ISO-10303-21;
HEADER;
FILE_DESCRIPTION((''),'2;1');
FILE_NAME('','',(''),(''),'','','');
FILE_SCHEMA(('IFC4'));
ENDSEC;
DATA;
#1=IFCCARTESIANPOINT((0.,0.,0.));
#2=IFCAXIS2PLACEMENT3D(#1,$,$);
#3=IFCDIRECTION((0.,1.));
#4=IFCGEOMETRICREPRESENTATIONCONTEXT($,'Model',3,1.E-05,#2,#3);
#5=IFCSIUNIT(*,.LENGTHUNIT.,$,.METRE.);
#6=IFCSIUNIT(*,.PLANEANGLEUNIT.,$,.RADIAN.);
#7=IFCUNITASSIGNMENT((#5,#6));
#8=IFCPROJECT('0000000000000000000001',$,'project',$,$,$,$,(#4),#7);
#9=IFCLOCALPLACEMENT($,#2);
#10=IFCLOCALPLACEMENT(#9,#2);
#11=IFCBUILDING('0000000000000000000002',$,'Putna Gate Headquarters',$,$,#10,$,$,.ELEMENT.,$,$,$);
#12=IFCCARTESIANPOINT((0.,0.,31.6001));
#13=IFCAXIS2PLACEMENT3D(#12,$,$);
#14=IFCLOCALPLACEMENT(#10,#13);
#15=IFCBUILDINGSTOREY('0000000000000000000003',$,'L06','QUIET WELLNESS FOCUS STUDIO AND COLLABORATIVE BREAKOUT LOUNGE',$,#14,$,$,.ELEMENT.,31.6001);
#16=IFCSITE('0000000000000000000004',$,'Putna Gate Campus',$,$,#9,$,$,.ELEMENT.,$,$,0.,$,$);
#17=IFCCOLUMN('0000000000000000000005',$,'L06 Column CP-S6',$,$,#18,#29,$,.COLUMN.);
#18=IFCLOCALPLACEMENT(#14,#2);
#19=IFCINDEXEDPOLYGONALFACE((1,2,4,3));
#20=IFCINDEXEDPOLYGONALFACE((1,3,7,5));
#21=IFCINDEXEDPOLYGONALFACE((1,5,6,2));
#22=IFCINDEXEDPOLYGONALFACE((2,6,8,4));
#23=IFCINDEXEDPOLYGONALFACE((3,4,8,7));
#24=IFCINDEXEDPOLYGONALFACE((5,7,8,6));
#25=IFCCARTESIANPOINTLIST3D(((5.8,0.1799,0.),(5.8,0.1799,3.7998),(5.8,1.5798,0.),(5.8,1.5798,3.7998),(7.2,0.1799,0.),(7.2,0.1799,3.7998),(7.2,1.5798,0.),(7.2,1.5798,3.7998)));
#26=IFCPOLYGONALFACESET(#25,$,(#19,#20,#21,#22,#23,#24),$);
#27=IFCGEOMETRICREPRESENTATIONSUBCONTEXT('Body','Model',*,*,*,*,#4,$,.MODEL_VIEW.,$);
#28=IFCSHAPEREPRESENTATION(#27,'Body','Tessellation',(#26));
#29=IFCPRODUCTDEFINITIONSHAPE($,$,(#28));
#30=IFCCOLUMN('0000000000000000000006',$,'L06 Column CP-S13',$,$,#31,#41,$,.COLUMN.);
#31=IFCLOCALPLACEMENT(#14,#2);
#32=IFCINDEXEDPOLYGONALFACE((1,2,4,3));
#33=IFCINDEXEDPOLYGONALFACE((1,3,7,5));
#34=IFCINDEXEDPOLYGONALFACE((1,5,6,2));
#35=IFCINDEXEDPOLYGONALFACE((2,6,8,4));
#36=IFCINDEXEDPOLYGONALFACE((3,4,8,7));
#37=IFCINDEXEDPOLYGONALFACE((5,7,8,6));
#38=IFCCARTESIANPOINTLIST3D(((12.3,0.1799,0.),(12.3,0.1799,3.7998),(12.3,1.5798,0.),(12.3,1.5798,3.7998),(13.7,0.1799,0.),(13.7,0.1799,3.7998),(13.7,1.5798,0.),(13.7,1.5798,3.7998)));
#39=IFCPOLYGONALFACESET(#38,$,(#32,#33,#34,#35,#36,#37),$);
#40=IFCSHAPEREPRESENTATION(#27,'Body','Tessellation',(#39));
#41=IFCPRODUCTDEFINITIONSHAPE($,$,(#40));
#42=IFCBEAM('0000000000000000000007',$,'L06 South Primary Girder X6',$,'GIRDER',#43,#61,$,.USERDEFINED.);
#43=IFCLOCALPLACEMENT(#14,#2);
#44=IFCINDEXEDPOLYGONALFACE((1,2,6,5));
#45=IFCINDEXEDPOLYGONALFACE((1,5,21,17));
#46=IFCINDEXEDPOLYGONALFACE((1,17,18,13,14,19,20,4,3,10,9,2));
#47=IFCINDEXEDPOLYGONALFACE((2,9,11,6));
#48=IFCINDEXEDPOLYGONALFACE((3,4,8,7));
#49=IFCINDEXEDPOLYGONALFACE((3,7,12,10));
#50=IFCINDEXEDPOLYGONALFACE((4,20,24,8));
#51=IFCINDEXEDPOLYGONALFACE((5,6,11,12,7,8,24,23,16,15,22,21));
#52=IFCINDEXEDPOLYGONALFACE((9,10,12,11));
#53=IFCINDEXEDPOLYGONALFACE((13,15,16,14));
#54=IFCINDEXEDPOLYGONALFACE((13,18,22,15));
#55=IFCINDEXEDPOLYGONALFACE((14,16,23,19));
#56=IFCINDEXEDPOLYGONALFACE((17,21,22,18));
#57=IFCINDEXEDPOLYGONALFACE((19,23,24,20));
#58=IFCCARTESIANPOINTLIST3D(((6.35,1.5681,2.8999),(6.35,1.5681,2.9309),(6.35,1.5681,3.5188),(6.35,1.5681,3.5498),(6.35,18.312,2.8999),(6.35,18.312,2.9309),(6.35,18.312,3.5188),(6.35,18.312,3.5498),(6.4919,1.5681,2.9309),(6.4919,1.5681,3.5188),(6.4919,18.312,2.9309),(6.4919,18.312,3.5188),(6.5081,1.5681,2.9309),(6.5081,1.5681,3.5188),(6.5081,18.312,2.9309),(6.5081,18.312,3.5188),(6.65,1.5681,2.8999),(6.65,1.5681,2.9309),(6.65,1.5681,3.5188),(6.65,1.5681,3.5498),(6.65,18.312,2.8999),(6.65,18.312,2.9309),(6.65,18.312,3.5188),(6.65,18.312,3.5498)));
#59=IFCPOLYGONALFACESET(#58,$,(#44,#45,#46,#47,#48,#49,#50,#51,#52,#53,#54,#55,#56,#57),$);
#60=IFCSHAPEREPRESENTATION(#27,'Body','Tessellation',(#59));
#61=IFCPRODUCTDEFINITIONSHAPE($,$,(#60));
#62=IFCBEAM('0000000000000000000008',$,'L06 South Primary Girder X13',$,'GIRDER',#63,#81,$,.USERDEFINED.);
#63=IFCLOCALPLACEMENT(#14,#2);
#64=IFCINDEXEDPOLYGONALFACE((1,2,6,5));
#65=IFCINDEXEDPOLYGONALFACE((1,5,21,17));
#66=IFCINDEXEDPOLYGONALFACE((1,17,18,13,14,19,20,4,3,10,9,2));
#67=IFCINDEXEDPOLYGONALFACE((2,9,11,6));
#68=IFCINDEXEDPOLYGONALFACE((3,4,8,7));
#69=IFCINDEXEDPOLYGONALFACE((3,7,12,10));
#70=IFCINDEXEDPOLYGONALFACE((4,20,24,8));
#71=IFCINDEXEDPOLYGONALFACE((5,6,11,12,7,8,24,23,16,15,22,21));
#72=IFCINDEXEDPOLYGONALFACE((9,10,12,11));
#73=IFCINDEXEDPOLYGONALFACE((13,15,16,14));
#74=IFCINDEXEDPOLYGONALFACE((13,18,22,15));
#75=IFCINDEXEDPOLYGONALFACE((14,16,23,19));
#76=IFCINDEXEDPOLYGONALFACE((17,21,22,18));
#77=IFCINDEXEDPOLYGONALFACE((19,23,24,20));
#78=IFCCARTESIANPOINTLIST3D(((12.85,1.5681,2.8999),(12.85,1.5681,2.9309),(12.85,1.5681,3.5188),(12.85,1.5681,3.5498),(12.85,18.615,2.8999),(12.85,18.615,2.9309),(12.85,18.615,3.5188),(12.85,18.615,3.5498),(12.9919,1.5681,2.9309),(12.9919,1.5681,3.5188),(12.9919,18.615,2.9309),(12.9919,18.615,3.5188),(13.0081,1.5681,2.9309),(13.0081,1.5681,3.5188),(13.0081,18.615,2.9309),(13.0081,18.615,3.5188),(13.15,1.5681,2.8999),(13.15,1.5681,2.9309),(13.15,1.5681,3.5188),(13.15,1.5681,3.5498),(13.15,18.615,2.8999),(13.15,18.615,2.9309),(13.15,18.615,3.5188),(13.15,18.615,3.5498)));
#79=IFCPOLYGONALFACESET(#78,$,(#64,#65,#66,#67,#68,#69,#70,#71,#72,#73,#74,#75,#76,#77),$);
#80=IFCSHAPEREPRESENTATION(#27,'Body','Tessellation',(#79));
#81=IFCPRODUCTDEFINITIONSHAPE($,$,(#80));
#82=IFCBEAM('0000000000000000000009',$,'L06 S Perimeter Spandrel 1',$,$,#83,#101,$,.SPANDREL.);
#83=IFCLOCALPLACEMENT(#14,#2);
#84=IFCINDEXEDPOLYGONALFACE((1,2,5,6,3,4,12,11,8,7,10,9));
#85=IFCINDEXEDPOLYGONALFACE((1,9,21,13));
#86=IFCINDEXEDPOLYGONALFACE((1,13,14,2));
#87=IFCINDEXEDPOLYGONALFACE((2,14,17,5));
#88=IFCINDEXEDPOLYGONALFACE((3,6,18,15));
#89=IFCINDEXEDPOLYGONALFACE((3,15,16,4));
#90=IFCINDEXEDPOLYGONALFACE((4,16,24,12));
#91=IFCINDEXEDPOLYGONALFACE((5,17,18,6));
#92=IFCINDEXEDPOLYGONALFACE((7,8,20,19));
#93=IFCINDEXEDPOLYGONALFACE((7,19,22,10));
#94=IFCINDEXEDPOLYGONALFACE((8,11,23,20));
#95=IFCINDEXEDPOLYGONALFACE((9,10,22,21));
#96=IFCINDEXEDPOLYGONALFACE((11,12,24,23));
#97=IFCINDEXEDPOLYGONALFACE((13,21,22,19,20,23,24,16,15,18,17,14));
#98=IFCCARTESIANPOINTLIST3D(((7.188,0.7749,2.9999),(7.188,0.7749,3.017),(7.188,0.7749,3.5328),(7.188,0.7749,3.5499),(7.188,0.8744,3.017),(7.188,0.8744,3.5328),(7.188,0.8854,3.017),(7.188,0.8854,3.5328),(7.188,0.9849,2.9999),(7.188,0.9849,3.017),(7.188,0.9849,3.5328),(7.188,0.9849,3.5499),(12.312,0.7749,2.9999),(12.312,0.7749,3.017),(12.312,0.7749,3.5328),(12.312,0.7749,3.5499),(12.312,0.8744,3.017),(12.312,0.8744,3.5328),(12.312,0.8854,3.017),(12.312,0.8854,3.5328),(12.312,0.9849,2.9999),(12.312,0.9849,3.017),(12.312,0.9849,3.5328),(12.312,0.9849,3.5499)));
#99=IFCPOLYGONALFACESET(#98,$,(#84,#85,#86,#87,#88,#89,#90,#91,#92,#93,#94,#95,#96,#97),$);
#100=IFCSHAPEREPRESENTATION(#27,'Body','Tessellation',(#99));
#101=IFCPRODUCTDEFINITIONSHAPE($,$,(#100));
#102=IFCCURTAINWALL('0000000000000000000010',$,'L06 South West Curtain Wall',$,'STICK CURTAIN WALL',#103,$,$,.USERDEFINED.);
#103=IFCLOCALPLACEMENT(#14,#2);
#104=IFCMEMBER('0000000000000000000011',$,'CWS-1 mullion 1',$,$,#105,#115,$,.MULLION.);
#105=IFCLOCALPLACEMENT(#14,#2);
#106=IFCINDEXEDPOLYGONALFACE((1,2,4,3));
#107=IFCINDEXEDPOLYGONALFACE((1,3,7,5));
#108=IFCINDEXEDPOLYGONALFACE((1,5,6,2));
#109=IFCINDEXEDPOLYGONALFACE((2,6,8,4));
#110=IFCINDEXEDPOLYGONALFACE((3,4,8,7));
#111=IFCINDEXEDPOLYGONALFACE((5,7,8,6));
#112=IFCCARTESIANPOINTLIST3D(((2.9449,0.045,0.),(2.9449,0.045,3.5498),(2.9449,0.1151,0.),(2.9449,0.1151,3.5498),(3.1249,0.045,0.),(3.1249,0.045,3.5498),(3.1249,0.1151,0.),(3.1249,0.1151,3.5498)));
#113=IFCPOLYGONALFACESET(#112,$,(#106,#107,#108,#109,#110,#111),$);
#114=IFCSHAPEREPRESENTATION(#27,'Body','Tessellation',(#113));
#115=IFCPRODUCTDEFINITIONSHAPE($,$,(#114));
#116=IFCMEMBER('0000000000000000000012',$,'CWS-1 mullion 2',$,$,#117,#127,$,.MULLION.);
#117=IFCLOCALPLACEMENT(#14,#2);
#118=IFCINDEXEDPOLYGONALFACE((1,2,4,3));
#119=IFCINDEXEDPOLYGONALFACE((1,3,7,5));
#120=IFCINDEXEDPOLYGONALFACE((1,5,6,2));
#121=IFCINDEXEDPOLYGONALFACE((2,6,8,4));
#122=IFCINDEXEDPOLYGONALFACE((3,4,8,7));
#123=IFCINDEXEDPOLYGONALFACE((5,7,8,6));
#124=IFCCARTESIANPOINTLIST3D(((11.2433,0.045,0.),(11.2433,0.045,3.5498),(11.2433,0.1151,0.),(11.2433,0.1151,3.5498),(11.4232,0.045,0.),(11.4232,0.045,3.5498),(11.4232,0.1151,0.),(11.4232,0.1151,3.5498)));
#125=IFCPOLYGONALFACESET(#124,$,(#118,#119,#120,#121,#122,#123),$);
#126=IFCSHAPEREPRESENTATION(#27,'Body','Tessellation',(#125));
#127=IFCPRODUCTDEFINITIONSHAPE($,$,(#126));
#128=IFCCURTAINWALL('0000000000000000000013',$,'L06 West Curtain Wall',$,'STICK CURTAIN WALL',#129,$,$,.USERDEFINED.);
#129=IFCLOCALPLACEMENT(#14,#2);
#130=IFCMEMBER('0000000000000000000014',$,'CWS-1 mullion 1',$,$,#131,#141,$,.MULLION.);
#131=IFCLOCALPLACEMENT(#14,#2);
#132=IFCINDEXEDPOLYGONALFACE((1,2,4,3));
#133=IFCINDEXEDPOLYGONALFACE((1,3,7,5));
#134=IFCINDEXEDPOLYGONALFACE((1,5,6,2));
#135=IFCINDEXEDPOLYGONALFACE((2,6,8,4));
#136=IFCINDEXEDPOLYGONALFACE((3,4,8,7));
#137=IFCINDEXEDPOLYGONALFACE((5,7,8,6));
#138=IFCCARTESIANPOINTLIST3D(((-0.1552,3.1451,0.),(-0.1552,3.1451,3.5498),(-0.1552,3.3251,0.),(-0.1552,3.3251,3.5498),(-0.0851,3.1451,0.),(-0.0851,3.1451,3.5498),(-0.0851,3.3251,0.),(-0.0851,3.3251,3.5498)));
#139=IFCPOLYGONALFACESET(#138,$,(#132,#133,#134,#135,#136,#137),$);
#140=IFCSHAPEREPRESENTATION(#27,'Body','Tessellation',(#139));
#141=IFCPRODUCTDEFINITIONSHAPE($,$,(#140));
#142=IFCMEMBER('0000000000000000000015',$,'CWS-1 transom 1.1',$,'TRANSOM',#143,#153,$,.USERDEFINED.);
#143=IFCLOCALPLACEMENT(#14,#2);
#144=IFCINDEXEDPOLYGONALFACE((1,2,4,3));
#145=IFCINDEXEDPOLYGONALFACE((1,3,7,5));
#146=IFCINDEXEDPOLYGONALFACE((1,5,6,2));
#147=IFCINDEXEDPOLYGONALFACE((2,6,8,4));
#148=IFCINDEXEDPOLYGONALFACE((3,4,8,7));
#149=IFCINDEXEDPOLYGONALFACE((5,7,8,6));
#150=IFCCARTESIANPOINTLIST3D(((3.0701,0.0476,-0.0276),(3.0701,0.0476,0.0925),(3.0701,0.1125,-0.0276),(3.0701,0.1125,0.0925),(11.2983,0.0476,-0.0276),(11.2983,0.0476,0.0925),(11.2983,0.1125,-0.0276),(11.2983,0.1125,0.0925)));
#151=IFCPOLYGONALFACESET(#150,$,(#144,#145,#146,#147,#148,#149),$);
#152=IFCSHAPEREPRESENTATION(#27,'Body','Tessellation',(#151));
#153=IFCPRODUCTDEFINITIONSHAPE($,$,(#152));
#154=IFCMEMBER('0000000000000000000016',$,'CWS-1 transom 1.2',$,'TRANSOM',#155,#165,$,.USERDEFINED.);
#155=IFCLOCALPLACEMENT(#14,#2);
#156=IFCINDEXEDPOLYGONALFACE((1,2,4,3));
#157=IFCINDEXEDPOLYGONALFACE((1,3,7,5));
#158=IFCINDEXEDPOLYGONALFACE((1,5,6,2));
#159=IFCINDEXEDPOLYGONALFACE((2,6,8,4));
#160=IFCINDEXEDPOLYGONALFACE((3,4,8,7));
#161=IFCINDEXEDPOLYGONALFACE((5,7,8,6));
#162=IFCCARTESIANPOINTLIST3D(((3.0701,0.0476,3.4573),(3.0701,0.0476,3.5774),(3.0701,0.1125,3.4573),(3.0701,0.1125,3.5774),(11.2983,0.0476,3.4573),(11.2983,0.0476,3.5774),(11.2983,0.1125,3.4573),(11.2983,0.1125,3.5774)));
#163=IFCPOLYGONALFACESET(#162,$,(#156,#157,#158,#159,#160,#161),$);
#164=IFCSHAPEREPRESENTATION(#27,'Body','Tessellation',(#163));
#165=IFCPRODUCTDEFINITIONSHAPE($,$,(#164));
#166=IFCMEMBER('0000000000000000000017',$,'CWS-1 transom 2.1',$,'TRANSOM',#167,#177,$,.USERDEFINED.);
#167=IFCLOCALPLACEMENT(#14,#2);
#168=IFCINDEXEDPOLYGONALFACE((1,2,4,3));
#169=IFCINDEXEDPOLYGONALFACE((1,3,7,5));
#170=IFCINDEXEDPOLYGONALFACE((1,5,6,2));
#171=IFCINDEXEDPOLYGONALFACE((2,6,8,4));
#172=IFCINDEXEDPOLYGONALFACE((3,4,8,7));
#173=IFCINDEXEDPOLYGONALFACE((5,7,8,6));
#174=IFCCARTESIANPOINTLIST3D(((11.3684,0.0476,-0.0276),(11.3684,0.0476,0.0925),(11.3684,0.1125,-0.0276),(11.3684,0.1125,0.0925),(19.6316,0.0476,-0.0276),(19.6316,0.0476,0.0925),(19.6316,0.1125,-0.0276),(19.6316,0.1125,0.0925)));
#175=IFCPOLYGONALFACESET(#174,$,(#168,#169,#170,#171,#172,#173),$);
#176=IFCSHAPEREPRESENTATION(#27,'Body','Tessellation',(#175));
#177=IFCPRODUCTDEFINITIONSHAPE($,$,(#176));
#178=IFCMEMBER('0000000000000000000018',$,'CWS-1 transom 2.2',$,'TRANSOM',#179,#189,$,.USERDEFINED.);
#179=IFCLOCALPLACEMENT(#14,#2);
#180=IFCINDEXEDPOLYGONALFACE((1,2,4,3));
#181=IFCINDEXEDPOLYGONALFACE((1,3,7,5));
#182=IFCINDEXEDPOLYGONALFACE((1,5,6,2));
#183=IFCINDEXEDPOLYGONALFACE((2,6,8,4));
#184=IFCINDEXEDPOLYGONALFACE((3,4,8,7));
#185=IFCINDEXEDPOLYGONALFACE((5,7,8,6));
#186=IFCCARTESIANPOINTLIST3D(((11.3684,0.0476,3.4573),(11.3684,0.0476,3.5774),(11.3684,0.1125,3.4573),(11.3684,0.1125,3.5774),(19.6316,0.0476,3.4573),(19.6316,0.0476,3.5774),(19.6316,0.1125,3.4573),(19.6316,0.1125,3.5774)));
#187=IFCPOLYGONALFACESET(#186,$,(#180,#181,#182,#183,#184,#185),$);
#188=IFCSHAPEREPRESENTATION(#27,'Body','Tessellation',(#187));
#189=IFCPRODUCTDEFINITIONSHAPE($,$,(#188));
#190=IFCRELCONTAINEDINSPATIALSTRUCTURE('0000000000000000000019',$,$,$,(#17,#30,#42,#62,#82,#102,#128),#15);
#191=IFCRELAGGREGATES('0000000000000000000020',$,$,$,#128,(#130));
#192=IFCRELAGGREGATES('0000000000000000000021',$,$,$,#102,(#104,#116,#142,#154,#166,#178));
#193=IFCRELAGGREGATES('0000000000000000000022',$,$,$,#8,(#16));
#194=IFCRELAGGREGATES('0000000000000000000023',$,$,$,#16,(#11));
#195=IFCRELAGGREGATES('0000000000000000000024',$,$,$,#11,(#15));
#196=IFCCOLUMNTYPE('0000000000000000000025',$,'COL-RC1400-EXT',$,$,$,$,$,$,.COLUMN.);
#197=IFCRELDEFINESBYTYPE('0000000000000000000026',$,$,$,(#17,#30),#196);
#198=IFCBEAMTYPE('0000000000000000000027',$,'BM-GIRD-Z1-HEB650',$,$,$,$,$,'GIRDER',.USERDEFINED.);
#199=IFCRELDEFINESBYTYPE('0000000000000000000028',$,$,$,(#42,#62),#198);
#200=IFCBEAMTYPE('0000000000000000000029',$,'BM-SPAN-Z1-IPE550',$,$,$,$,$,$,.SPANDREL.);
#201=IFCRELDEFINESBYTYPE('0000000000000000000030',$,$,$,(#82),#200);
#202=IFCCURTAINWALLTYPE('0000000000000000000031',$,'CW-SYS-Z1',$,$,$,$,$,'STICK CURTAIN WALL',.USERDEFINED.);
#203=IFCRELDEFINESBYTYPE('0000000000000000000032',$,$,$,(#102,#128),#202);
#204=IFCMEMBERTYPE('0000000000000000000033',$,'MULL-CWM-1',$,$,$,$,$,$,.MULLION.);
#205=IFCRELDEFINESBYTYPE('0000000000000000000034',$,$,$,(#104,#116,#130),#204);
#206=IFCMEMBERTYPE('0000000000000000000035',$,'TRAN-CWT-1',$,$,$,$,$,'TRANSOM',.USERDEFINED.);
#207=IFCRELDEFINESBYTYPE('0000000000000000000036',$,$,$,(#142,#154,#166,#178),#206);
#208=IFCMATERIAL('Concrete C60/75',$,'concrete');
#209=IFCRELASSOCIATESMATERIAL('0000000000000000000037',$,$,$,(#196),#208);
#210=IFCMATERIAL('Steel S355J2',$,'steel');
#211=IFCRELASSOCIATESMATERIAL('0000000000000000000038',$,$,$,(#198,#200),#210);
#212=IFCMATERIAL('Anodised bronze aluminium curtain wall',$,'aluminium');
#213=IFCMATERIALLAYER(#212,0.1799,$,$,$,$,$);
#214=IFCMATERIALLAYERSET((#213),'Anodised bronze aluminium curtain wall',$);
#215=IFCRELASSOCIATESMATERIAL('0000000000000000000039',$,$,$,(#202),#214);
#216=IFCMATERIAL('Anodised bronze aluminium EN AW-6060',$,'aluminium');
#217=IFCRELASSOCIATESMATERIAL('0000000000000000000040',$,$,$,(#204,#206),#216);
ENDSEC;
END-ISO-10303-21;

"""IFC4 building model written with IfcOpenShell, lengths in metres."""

from ifc_helpers import new_model, si_unit, direction, frame, origin, origin_2d, place, context, subcontext, project, spatial, rectangle, i_section, extrude, material, layer, layer_set, material_profile, profile_set, type_object, element, aggregate, save


model = new_model("IFC4")

# Units and contexts
model_context = context("Model", 3, precision=1e-05, world=origin(), true_north=direction((0.0, 1.0)))
body_context = subcontext(model_context, "Body", "Model", "MODEL_VIEW")
ifc_project = project(units=[si_unit("LENGTHUNIT", "METRE"), si_unit("PLANEANGLEUNIT", "RADIAN")], contexts=[model_context])

# Site, building, storey
site_placement = place(None, origin())
site = spatial("IfcSite", under=ifc_project, at=site_placement, Name="Putna Gate Campus", CompositionType="ELEMENT", RefElevation=0.0)
building_placement = place(site_placement, origin())
building = spatial("IfcBuilding", under=site, at=building_placement, Name="Putna Gate Headquarters", CompositionType="ELEMENT")
storey_placement = place(building_placement, frame((0.0, 0.0, 31.6001)))
storey = spatial("IfcBuildingStorey", under=building, at=storey_placement, Name="L06", Description="QUIET WELLNESS FOCUS STUDIO AND COLLABORATIVE BREAKOUT LOUNGE", CompositionType="ELEMENT", Elevation=31.6001)

# Columns
ifc_material_1 = material(Name="Concrete C60/75", Category="concrete")
ifc_material_profile_1 = material_profile(ifc_material_1, rectangle(XDim=1.3999, YDim=1.3999, at=origin_2d()), Name="Concrete C60/75")
ifc_profile_set_1 = profile_set([ifc_material_profile_1], Name="Concrete C60/75")
column_type = type_object("IfcColumnType", Name="COL-RC1400-EXT", PredefinedType="COLUMN", material=ifc_profile_set_1)
for number, where, z_axis, x_axis, name in (
    (1, (6.5, 0.8799, 0.0), (0.0, 0.0, 1.0), (1.0, 0.0, 0.0), "L06 Column CP-S6"),
    (2, (13.0, 0.8799, 0.0), (0.0, 0.0, 1.0), (1.0, 0.0, 0.0), "L06 Column CP-S13"),
):
    element("IfcColumn", number, at=place(storey_placement, frame(where, z_axis=z_axis, x_axis=x_axis)), inside=storey, type_object=column_type, Name=name, PredefinedType="COLUMN", context=body_context, shape_type="SweptSolid", body=[
        extrude(rectangle(XDim=1.3999, YDim=1.3999, at=origin_2d()), origin(), (0.0, 0.0, 1.0), 3.7998),
    ])

# Beams
ifc_material_2 = material(Name="Steel S355J2", Category="steel")
ifc_material_profile_2 = material_profile(ifc_material_2, i_section(OverallWidth=0.3, OverallDepth=0.6499, WebThickness=0.0161, FlangeThickness=0.031, at=origin_2d()), Name="Steel S355J2")
ifc_profile_set_2 = profile_set([ifc_material_profile_2], Name="Steel S355J2")
beam_type_1 = type_object("IfcBeamType", Name="BM-GIRD-Z1-HEB650", ElementType="GIRDER", PredefinedType="USERDEFINED", material=ifc_profile_set_2)
beam_1_placement = place(storey_placement, frame((6.5, 1.5681, 3.2249), z_axis=(0.0, 1.0, 0.0), x_axis=(-1.0, 0.0, 0.0)))
element("IfcBeam", 3, at=beam_1_placement, inside=storey, type_object=beam_type_1, Name="L06 South Primary Girder X6", ObjectType="GIRDER", PredefinedType="USERDEFINED", context=body_context, shape_type="SweptSolid", body=[
    extrude(i_section(OverallWidth=0.3, OverallDepth=0.6499, WebThickness=0.0161, FlangeThickness=0.031, at=origin_2d()), origin(), (0.0, 0.0, 1.0), 16.7439),
])
beam_2_placement = place(storey_placement, frame((13.0, 1.5681, 3.2249), z_axis=(0.0, 1.0, 0.0), x_axis=(-1.0, 0.0, 0.0)))
element("IfcBeam", 4, at=beam_2_placement, inside=storey, type_object=beam_type_1, Name="L06 South Primary Girder X13", ObjectType="GIRDER", PredefinedType="USERDEFINED", context=body_context, shape_type="SweptSolid", body=[
    extrude(i_section(OverallWidth=0.3, OverallDepth=0.6499, WebThickness=0.0161, FlangeThickness=0.031, at=origin_2d()), origin(), (0.0, 0.0, 1.0), 17.0469),
])
ifc_material_profile_3 = material_profile(ifc_material_2, i_section(OverallWidth=0.21, OverallDepth=0.55, WebThickness=0.011, FlangeThickness=0.0171, at=origin_2d()), Name="Steel S355J2")
ifc_profile_set_3 = profile_set([ifc_material_profile_3], Name="Steel S355J2")
beam_type_2 = type_object("IfcBeamType", Name="BM-SPAN-Z1-IPE550", PredefinedType="SPANDREL", material=ifc_profile_set_3)
beam_3_placement = place(storey_placement, frame((7.188, 0.8799, 3.2749), z_axis=(1.0, 0.0, 0.0), x_axis=(0.0, 1.0, 0.0)))
element("IfcBeam", 5, at=beam_3_placement, inside=storey, type_object=beam_type_2, Name="L06 S Perimeter Spandrel 1", PredefinedType="SPANDREL", context=body_context, shape_type="SweptSolid", body=[
    extrude(i_section(OverallWidth=0.21, OverallDepth=0.55, WebThickness=0.011, FlangeThickness=0.0171, at=origin_2d()), origin(), (0.0, 0.0, 1.0), 5.124),
])

# Curtain wall, members
ifc_material_3 = material(Name="Anodised bronze aluminium curtain wall", Category="aluminium")
ifc_layer_1 = layer(ifc_material_3, 0.1799)
ifc_layer_set_1 = layer_set([ifc_layer_1], Name="Anodised bronze aluminium curtain wall")
curtain_wall_type = type_object("IfcCurtainWallType", Name="CW-SYS-Z1", ElementType="STICK CURTAIN WALL", PredefinedType="USERDEFINED", material=ifc_layer_set_1)
curtain_wall_1_placement = place(storey_placement, origin())
curtain_wall_1 = element("IfcCurtainWall", 6, at=curtain_wall_1_placement, inside=storey, type_object=curtain_wall_type, Name="L06 South West Curtain Wall", ObjectType="STICK CURTAIN WALL", PredefinedType="USERDEFINED")
ifc_material_4 = material(Name="Anodised bronze aluminium EN AW-6060", Category="aluminium")
ifc_material_profile_4 = material_profile(ifc_material_4, rectangle(XDim=0.0701, YDim=0.1799, at=origin_2d()), Name="Anodised bronze aluminium EN AW-6060")
ifc_profile_set_4 = profile_set([ifc_material_profile_4], Name="Anodised bronze aluminium EN AW-6060")
member_type_1 = type_object("IfcMemberType", Name="MULL-CWM-1", PredefinedType="MULLION", material=ifc_profile_set_4)
member_1_placement = place(storey_placement, frame((3.0349, 0.0801, 0.0), z_axis=(0.0, 0.0, 1.0), x_axis=(0.0, 1.0, 0.0)))
member_1 = element("IfcMember", 7, at=member_1_placement, type_object=member_type_1, Name="CWS-1 mullion 1", PredefinedType="MULLION", context=body_context, shape_type="SweptSolid", body=[
    extrude(rectangle(XDim=0.0701, YDim=0.1799, at=origin_2d()), origin(), (0.0, 0.0, 1.0), 3.5498),
])
member_2_placement = place(storey_placement, frame((11.3333, 0.0801, 0.0), z_axis=(0.0, 0.0, 1.0), x_axis=(0.0, 1.0, 0.0)))
member_2 = element("IfcMember", 8, at=member_2_placement, type_object=member_type_1, Name="CWS-1 mullion 2", PredefinedType="MULLION", context=body_context, shape_type="SweptSolid", body=[
    extrude(rectangle(XDim=0.0701, YDim=0.1799, at=origin_2d()), origin(), (0.0, 0.0, 1.0), 3.5498),
])

# Curtain wall, member
curtain_wall_2_placement = place(storey_placement, origin())
curtain_wall_2 = element("IfcCurtainWall", 9, at=curtain_wall_2_placement, inside=storey, type_object=curtain_wall_type, Name="L06 West Curtain Wall", ObjectType="STICK CURTAIN WALL", PredefinedType="USERDEFINED")
member_3_placement = place(storey_placement, frame((-0.1201, 3.2351, 0.0), z_axis=(0.0, 0.0, 1.0), x_axis=(-1.0, 0.0, 0.0)))
member_3 = element("IfcMember", 10, at=member_3_placement, type_object=member_type_1, Name="CWS-1 mullion 1", PredefinedType="MULLION", context=body_context, shape_type="SweptSolid", body=[
    extrude(rectangle(XDim=0.0701, YDim=0.1799, at=origin_2d()), origin(), (0.0, 0.0, 1.0), 3.5498),
])
aggregate(curtain_wall_2, [member_3])

# Members
ifc_material_profile_5 = material_profile(ifc_material_4, rectangle(XDim=0.0649, YDim=0.1201, at=origin_2d()), Name="Anodised bronze aluminium EN AW-6060")
ifc_profile_set_5 = profile_set([ifc_material_profile_5], Name="Anodised bronze aluminium EN AW-6060")
member_type_2 = type_object("IfcMemberType", Name="TRAN-CWT-1", ElementType="TRANSOM", PredefinedType="USERDEFINED", material=ifc_profile_set_5)
member_4_placement = place(storey_placement, frame((3.0701, 0.0801, 0.0325), z_axis=(1.0, 0.0, 0.0), x_axis=(0.0, 1.0, 0.0)))
member_4 = element("IfcMember", 11, at=member_4_placement, type_object=member_type_2, Name="CWS-1 transom 1.1", ObjectType="TRANSOM", PredefinedType="USERDEFINED", context=body_context, shape_type="SweptSolid", body=[
    extrude(rectangle(XDim=0.0649, YDim=0.1201, at=origin_2d()), origin(), (0.0, 0.0, 1.0), 8.2283),
])
member_5_placement = place(storey_placement, frame((3.0701, 0.0801, 3.5173), z_axis=(1.0, 0.0, 0.0), x_axis=(0.0, 1.0, 0.0)))
member_5 = element("IfcMember", 12, at=member_5_placement, type_object=member_type_2, Name="CWS-1 transom 1.2", ObjectType="TRANSOM", PredefinedType="USERDEFINED", context=body_context, shape_type="SweptSolid", body=[
    extrude(rectangle(XDim=0.0649, YDim=0.1201, at=origin_2d()), origin(), (0.0, 0.0, 1.0), 8.2283),
])
member_6_placement = place(storey_placement, frame((11.3684, 0.0801, 0.0325), z_axis=(1.0, 0.0, 0.0), x_axis=(0.0, 1.0, 0.0)))
member_6 = element("IfcMember", 13, at=member_6_placement, type_object=member_type_2, Name="CWS-1 transom 2.1", ObjectType="TRANSOM", PredefinedType="USERDEFINED", context=body_context, shape_type="SweptSolid", body=[
    extrude(rectangle(XDim=0.0649, YDim=0.1201, at=origin_2d()), origin(), (0.0, 0.0, 1.0), 8.2632),
])
member_7_placement = place(storey_placement, frame((11.3684, 0.0801, 3.5173), z_axis=(1.0, 0.0, 0.0), x_axis=(0.0, 1.0, 0.0)))
member_7 = element("IfcMember", 14, at=member_7_placement, type_object=member_type_2, Name="CWS-1 transom 2.2", ObjectType="TRANSOM", PredefinedType="USERDEFINED", context=body_context, shape_type="SweptSolid", body=[
    extrude(rectangle(XDim=0.0649, YDim=0.1201, at=origin_2d()), origin(), (0.0, 0.0, 1.0), 8.2632),
])

aggregate(curtain_wall_1, [member_1, member_2, member_4, member_5, member_6, member_7])

save(model, "model.ifc")
